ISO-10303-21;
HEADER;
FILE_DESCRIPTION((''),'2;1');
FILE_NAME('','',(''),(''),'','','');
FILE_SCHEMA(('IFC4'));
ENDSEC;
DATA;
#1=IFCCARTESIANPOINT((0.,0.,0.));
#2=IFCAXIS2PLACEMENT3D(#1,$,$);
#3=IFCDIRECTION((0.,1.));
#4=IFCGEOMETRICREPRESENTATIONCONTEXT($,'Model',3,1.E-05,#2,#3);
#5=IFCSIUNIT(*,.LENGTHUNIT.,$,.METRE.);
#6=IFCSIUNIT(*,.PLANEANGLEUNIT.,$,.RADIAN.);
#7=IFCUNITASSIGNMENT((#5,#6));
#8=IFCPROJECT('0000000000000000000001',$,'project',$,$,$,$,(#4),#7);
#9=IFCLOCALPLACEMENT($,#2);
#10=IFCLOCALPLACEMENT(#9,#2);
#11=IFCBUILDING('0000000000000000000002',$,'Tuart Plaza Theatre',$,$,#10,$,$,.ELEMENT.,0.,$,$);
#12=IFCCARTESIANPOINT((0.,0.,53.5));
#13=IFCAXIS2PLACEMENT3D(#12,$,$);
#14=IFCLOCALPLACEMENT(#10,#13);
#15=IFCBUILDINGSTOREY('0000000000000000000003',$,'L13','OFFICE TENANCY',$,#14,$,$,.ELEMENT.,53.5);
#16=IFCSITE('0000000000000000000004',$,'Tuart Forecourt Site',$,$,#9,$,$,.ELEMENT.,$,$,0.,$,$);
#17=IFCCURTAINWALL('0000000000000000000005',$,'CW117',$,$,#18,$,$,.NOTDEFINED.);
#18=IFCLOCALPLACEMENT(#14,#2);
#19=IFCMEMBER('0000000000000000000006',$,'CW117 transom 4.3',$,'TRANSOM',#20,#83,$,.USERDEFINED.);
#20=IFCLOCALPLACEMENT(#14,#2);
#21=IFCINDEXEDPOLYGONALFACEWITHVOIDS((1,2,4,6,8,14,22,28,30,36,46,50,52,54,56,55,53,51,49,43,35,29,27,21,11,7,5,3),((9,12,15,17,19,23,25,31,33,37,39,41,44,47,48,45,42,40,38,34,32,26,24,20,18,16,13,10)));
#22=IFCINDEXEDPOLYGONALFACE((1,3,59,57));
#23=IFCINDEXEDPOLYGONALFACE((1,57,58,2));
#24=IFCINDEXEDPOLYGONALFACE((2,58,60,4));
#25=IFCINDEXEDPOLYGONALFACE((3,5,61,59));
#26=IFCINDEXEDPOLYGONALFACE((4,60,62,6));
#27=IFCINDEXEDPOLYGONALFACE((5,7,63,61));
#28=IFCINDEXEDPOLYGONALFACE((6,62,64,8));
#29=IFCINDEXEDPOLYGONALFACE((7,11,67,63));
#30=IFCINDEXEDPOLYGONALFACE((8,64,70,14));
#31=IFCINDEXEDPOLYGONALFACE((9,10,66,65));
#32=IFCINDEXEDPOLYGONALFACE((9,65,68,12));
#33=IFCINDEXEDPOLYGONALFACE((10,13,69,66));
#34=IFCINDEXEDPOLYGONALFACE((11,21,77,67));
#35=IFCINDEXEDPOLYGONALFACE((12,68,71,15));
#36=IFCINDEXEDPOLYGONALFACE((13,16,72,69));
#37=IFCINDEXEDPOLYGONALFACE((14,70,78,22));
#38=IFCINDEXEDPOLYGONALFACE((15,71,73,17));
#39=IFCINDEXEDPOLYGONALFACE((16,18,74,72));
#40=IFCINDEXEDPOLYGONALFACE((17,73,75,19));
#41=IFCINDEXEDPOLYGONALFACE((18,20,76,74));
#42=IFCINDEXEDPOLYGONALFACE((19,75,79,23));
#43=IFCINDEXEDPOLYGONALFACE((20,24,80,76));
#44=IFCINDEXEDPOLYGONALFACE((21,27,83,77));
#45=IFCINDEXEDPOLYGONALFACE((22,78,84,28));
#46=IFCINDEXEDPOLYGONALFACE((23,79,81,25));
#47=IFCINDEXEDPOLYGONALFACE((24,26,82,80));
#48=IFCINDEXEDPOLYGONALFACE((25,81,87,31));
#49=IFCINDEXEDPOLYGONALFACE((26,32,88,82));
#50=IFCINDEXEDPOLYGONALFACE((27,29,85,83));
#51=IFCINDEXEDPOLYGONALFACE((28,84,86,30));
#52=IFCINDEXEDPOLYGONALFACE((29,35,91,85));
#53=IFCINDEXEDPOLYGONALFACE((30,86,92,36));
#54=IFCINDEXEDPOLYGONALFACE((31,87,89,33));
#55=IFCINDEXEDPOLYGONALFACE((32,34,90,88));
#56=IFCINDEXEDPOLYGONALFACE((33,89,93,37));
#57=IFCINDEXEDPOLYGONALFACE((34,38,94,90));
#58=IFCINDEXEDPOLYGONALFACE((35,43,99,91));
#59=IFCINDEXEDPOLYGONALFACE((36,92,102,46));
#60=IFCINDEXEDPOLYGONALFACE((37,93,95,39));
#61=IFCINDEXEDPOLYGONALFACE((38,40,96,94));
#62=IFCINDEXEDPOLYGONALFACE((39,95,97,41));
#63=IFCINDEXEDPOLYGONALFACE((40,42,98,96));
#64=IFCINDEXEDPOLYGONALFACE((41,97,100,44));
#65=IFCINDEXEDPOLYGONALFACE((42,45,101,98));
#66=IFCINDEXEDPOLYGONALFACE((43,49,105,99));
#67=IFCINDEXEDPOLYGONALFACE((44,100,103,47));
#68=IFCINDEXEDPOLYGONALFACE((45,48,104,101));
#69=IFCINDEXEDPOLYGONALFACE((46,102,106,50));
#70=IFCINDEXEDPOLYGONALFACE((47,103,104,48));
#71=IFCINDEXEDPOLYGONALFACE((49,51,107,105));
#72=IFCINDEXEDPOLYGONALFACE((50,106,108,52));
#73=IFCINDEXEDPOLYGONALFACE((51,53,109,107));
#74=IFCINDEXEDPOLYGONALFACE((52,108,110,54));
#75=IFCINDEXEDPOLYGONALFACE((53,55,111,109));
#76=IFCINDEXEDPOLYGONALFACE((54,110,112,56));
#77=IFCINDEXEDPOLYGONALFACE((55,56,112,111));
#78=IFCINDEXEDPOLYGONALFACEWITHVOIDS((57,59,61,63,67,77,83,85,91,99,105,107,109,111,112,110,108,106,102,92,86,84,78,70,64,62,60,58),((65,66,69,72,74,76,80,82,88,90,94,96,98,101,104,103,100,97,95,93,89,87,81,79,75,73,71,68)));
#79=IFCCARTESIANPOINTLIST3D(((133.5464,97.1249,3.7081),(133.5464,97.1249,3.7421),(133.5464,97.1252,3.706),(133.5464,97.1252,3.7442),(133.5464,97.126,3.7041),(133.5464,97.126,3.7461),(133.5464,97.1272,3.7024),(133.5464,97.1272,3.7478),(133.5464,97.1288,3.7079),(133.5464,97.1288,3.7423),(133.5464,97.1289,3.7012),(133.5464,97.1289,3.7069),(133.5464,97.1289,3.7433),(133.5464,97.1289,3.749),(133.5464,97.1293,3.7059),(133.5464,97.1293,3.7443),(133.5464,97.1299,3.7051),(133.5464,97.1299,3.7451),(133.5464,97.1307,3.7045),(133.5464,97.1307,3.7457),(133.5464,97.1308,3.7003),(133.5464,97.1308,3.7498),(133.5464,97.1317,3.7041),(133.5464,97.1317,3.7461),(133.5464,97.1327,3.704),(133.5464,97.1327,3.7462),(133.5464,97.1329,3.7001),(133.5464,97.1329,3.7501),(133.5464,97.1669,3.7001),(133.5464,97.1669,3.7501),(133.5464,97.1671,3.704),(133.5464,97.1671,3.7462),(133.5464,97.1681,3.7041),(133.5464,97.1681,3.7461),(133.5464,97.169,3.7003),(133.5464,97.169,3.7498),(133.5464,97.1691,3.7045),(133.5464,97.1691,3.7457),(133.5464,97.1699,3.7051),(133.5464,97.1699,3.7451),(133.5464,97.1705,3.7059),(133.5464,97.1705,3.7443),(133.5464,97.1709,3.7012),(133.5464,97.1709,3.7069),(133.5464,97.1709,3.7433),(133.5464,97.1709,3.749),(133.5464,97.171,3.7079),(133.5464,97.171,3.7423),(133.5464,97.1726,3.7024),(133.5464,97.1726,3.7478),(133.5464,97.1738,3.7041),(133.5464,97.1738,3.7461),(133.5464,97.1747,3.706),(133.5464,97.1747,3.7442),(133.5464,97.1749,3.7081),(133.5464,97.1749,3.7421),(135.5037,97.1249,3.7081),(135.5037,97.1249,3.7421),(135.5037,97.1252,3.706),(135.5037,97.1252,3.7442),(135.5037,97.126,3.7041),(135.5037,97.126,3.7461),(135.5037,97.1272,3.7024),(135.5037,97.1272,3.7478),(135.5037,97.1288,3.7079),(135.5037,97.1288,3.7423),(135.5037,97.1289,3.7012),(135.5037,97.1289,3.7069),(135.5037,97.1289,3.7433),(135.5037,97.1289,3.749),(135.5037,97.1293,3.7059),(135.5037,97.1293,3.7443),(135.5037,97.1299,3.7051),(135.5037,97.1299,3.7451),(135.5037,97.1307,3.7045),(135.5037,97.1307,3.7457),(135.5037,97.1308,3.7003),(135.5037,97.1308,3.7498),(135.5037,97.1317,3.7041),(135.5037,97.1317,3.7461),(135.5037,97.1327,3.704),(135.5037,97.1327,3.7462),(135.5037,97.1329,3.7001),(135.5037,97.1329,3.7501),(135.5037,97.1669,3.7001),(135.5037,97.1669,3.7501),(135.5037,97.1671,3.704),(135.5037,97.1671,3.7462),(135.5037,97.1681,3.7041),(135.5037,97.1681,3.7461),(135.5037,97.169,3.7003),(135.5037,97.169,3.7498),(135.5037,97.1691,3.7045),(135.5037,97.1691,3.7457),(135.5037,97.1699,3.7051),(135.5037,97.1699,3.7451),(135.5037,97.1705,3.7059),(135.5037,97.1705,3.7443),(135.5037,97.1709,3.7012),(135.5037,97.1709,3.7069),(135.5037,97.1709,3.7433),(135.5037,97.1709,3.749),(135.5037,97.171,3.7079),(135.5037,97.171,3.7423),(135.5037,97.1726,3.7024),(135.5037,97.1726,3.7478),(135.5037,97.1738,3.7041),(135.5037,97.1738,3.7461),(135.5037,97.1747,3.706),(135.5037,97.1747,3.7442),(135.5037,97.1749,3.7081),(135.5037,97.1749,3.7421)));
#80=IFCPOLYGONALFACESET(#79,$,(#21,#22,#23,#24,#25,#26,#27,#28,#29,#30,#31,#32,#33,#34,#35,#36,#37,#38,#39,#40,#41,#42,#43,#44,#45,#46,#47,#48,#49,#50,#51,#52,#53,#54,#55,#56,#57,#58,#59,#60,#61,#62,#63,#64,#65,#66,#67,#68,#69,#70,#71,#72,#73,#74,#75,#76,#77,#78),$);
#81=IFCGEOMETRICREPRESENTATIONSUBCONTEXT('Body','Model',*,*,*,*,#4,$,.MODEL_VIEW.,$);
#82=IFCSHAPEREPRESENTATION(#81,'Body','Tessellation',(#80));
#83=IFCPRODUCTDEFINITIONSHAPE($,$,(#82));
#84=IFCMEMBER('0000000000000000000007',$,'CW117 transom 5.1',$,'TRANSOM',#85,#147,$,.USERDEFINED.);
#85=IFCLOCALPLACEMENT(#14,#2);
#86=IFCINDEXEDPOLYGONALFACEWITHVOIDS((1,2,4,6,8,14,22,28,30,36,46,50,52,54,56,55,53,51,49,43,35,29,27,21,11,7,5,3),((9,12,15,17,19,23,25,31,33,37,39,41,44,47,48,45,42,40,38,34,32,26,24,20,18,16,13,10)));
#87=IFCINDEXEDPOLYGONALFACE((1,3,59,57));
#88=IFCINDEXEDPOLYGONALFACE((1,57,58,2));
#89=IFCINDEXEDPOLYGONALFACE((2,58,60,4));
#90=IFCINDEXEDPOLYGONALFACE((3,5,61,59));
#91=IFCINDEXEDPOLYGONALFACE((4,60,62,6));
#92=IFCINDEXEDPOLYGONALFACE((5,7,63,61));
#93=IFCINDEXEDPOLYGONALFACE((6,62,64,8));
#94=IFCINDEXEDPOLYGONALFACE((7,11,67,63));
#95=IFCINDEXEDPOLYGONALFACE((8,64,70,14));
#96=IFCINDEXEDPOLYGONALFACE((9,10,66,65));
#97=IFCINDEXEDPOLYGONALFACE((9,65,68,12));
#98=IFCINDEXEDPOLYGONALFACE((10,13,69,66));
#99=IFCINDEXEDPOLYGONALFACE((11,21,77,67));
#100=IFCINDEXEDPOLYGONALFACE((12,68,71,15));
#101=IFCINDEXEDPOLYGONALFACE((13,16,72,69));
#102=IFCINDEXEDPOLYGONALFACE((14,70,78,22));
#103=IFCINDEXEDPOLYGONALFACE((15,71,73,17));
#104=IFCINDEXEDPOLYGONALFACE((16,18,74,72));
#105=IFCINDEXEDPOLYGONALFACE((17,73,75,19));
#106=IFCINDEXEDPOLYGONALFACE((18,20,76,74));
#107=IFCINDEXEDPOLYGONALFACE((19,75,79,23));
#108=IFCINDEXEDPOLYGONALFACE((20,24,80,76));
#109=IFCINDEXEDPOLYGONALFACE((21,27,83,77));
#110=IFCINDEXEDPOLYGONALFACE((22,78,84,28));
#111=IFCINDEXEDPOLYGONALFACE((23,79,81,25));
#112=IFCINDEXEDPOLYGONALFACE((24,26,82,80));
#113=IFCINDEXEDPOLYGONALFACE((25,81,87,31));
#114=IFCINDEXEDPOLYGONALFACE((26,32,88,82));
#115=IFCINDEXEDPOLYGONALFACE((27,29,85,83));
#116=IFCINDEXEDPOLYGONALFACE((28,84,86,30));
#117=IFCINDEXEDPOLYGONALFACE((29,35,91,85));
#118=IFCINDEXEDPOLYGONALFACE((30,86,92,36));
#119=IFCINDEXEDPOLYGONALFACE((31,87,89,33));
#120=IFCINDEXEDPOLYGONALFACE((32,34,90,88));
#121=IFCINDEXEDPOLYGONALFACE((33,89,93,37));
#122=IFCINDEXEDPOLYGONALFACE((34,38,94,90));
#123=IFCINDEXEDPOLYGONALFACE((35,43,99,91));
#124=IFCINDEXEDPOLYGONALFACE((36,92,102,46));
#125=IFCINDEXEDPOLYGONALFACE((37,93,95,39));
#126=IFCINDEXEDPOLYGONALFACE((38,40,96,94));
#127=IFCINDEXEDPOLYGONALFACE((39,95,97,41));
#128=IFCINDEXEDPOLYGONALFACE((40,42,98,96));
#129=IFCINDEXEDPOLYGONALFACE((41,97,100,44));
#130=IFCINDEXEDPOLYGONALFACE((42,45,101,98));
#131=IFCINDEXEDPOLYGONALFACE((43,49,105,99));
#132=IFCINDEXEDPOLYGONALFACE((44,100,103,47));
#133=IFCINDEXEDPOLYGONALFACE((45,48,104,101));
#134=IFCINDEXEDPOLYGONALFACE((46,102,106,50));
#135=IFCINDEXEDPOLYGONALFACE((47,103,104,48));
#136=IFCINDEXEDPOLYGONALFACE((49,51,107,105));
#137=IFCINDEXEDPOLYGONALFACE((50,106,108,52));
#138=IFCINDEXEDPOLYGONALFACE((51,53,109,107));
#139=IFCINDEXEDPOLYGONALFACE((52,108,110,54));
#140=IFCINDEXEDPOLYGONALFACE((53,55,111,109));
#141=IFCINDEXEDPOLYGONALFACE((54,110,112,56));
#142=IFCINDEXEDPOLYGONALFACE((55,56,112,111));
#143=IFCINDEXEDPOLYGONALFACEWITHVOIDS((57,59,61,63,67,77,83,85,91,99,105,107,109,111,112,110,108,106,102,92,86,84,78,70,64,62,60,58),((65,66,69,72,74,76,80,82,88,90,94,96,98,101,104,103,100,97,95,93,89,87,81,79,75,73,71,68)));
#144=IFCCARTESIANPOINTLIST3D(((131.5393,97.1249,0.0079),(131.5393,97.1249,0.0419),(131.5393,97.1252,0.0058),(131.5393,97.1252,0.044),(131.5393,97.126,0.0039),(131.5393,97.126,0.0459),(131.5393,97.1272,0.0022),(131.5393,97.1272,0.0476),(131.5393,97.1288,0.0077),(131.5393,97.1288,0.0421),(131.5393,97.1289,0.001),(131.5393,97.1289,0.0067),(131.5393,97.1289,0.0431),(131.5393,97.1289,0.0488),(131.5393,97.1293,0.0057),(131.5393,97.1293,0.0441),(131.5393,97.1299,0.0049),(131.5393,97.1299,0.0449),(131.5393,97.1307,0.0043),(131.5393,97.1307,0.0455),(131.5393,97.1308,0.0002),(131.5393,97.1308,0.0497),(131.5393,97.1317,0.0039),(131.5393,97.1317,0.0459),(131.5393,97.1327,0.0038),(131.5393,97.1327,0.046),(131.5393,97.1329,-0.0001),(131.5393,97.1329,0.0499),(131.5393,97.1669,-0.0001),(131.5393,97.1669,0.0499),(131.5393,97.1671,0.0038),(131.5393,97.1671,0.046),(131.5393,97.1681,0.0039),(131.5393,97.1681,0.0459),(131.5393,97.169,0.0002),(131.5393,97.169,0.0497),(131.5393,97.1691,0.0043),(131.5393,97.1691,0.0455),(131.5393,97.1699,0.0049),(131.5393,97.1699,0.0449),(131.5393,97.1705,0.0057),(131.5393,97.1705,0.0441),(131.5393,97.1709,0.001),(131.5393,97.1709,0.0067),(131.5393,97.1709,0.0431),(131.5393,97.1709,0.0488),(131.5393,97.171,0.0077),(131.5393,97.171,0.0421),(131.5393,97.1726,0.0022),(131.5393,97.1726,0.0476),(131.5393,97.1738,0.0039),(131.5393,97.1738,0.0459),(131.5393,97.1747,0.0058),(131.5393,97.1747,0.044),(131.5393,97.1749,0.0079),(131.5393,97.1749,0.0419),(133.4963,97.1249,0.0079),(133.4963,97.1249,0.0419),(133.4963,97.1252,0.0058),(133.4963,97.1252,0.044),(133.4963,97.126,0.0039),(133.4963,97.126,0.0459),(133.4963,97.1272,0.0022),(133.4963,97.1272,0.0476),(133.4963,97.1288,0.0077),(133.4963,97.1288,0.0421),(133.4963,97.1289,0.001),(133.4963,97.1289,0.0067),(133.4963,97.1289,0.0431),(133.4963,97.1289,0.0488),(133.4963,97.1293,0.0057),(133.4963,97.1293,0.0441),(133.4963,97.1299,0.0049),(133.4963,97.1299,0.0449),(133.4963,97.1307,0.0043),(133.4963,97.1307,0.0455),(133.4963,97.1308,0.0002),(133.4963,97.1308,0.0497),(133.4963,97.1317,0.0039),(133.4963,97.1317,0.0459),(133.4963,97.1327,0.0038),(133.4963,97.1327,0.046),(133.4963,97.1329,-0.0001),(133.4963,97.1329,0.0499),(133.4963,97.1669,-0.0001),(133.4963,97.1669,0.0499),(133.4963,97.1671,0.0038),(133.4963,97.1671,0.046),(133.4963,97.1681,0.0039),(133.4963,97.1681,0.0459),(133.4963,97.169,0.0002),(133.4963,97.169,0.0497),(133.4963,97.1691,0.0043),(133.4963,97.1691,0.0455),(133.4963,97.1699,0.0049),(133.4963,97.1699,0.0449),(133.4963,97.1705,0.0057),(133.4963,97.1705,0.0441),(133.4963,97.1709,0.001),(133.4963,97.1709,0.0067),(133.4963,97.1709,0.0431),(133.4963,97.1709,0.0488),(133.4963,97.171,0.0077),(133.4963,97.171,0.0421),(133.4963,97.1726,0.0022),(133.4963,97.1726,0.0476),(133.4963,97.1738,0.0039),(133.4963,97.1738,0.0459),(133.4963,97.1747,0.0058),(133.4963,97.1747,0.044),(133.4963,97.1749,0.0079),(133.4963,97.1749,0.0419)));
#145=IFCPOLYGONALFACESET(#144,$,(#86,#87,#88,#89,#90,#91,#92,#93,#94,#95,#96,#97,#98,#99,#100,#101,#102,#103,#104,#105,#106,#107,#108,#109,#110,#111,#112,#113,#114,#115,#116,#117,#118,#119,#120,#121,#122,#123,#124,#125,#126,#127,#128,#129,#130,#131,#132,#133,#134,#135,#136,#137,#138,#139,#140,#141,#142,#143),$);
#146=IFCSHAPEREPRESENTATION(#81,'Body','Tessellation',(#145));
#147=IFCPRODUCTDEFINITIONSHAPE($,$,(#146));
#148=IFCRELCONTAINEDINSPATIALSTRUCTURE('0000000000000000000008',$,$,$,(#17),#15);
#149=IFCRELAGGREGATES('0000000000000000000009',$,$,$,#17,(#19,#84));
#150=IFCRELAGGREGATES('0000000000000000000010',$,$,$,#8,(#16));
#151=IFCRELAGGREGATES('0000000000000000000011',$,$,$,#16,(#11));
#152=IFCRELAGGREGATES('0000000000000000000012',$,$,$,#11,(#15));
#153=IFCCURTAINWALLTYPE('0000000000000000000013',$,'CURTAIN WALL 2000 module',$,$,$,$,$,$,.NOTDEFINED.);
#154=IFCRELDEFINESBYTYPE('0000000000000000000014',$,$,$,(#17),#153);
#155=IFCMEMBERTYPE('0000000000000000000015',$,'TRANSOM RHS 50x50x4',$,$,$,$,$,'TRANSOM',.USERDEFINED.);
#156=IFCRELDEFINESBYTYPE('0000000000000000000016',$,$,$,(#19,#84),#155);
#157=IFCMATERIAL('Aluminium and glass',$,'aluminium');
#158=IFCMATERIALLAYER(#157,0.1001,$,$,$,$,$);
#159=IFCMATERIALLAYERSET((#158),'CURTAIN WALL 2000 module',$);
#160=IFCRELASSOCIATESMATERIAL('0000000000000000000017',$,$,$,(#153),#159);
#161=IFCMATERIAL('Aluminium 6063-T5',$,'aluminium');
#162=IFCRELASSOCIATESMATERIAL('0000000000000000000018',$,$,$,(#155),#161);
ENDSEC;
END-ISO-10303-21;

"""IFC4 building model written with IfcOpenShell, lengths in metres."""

from ifc_helpers import new_model, si_unit, direction, frame, origin, origin_2d, place, context, subcontext, project, spatial, hollow_rectangle, extrude, material, layer, layer_set, material_profile, profile_set, type_object, element, aggregate, save


model = new_model("IFC4")

# Units and contexts
model_context = context("Model", 3, precision=1e-05, world=origin(), true_north=direction((0.0, 1.0)))
body_context = subcontext(model_context, "Body", "Model", "MODEL_VIEW")
ifc_project = project(units=[si_unit("LENGTHUNIT", "METRE"), si_unit("PLANEANGLEUNIT", "RADIAN")], contexts=[model_context])

# Site, building, storey
site_placement = place(None, origin())
site = spatial("IfcSite", under=ifc_project, at=site_placement, Name="Tuart Forecourt Site", CompositionType="ELEMENT", RefElevation=0.0)
building_placement = place(site_placement, origin())
building = spatial("IfcBuilding", under=site, at=building_placement, Name="Tuart Plaza Theatre", CompositionType="ELEMENT", ElevationOfRefHeight=0.0)
storey_placement = place(building_placement, frame((0.0, 0.0, 53.5)))
storey = spatial("IfcBuildingStorey", under=building, at=storey_placement, Name="L13", Description="OFFICE TENANCY", CompositionType="ELEMENT", Elevation=53.5)

# Curtain wall, members
ifc_material_1 = material(Name="Aluminium and glass", Category="aluminium")
ifc_layer_1 = layer(ifc_material_1, 0.1001)
ifc_layer_set_1 = layer_set([ifc_layer_1], Name="CURTAIN WALL 2000 module")
curtain_wall_type = type_object("IfcCurtainWallType", Name="CURTAIN WALL 2000 module", PredefinedType="NOTDEFINED", material=ifc_layer_set_1)
curtain_wall_placement = place(storey_placement, origin())
curtain_wall = element("IfcCurtainWall", 1, at=curtain_wall_placement, inside=storey, type_object=curtain_wall_type, Name="CW117", PredefinedType="NOTDEFINED")
ifc_material_2 = material(Name="Aluminium 6063-T5", Category="aluminium")
ifc_material_profile_1 = material_profile(ifc_material_2, hollow_rectangle(XDim=0.05, YDim=0.05, WallThickness=0.0039, InnerFilletRadius=0.0039, OuterFilletRadius=0.0081, at=origin_2d()), Name="RHS 50x50x4")
ifc_profile_set_1 = profile_set([ifc_material_profile_1], Name="Aluminium 6063-T5")
member_type_1 = type_object("IfcMemberType", Name="TRANSOM RHS 50x50x4", ElementType="TRANSOM", PredefinedType="USERDEFINED", material=ifc_profile_set_1)
member_1_placement = place(storey_placement, frame((135.5037, 97.1499, 3.7251), z_axis=(-1.0, 0.0, 0.0), x_axis=(0.0, -1.0, 0.0)))
member_1 = element("IfcMember", 2, at=member_1_placement, type_object=member_type_1, Name="CW117 transom 4.3", ObjectType="TRANSOM", PredefinedType="USERDEFINED", context=body_context, shape_type="SweptSolid", body=[
    extrude(hollow_rectangle(XDim=0.05, YDim=0.05, WallThickness=0.0039, InnerFilletRadius=0.0039, OuterFilletRadius=0.0081, at=origin_2d()), origin(), (0.0, 0.0, 1.0), 1.9573),
])
member_2_placement = place(storey_placement, frame((133.4963, 97.1499, 0.0249), z_axis=(-1.0, 0.0, 0.0), x_axis=(0.0, -1.0, 0.0)))
member_2 = element("IfcMember", 3, at=member_2_placement, type_object=member_type_1, Name="CW117 transom 5.1", ObjectType="TRANSOM", PredefinedType="USERDEFINED", context=body_context, shape_type="SweptSolid", body=[
    extrude(hollow_rectangle(XDim=0.05, YDim=0.05, WallThickness=0.0039, InnerFilletRadius=0.0039, OuterFilletRadius=0.0081, at=origin_2d()), origin(), (0.0, 0.0, 1.0), 1.957),
])
aggregate(curtain_wall, [member_1, member_2])

save(model, "model.ifc")
